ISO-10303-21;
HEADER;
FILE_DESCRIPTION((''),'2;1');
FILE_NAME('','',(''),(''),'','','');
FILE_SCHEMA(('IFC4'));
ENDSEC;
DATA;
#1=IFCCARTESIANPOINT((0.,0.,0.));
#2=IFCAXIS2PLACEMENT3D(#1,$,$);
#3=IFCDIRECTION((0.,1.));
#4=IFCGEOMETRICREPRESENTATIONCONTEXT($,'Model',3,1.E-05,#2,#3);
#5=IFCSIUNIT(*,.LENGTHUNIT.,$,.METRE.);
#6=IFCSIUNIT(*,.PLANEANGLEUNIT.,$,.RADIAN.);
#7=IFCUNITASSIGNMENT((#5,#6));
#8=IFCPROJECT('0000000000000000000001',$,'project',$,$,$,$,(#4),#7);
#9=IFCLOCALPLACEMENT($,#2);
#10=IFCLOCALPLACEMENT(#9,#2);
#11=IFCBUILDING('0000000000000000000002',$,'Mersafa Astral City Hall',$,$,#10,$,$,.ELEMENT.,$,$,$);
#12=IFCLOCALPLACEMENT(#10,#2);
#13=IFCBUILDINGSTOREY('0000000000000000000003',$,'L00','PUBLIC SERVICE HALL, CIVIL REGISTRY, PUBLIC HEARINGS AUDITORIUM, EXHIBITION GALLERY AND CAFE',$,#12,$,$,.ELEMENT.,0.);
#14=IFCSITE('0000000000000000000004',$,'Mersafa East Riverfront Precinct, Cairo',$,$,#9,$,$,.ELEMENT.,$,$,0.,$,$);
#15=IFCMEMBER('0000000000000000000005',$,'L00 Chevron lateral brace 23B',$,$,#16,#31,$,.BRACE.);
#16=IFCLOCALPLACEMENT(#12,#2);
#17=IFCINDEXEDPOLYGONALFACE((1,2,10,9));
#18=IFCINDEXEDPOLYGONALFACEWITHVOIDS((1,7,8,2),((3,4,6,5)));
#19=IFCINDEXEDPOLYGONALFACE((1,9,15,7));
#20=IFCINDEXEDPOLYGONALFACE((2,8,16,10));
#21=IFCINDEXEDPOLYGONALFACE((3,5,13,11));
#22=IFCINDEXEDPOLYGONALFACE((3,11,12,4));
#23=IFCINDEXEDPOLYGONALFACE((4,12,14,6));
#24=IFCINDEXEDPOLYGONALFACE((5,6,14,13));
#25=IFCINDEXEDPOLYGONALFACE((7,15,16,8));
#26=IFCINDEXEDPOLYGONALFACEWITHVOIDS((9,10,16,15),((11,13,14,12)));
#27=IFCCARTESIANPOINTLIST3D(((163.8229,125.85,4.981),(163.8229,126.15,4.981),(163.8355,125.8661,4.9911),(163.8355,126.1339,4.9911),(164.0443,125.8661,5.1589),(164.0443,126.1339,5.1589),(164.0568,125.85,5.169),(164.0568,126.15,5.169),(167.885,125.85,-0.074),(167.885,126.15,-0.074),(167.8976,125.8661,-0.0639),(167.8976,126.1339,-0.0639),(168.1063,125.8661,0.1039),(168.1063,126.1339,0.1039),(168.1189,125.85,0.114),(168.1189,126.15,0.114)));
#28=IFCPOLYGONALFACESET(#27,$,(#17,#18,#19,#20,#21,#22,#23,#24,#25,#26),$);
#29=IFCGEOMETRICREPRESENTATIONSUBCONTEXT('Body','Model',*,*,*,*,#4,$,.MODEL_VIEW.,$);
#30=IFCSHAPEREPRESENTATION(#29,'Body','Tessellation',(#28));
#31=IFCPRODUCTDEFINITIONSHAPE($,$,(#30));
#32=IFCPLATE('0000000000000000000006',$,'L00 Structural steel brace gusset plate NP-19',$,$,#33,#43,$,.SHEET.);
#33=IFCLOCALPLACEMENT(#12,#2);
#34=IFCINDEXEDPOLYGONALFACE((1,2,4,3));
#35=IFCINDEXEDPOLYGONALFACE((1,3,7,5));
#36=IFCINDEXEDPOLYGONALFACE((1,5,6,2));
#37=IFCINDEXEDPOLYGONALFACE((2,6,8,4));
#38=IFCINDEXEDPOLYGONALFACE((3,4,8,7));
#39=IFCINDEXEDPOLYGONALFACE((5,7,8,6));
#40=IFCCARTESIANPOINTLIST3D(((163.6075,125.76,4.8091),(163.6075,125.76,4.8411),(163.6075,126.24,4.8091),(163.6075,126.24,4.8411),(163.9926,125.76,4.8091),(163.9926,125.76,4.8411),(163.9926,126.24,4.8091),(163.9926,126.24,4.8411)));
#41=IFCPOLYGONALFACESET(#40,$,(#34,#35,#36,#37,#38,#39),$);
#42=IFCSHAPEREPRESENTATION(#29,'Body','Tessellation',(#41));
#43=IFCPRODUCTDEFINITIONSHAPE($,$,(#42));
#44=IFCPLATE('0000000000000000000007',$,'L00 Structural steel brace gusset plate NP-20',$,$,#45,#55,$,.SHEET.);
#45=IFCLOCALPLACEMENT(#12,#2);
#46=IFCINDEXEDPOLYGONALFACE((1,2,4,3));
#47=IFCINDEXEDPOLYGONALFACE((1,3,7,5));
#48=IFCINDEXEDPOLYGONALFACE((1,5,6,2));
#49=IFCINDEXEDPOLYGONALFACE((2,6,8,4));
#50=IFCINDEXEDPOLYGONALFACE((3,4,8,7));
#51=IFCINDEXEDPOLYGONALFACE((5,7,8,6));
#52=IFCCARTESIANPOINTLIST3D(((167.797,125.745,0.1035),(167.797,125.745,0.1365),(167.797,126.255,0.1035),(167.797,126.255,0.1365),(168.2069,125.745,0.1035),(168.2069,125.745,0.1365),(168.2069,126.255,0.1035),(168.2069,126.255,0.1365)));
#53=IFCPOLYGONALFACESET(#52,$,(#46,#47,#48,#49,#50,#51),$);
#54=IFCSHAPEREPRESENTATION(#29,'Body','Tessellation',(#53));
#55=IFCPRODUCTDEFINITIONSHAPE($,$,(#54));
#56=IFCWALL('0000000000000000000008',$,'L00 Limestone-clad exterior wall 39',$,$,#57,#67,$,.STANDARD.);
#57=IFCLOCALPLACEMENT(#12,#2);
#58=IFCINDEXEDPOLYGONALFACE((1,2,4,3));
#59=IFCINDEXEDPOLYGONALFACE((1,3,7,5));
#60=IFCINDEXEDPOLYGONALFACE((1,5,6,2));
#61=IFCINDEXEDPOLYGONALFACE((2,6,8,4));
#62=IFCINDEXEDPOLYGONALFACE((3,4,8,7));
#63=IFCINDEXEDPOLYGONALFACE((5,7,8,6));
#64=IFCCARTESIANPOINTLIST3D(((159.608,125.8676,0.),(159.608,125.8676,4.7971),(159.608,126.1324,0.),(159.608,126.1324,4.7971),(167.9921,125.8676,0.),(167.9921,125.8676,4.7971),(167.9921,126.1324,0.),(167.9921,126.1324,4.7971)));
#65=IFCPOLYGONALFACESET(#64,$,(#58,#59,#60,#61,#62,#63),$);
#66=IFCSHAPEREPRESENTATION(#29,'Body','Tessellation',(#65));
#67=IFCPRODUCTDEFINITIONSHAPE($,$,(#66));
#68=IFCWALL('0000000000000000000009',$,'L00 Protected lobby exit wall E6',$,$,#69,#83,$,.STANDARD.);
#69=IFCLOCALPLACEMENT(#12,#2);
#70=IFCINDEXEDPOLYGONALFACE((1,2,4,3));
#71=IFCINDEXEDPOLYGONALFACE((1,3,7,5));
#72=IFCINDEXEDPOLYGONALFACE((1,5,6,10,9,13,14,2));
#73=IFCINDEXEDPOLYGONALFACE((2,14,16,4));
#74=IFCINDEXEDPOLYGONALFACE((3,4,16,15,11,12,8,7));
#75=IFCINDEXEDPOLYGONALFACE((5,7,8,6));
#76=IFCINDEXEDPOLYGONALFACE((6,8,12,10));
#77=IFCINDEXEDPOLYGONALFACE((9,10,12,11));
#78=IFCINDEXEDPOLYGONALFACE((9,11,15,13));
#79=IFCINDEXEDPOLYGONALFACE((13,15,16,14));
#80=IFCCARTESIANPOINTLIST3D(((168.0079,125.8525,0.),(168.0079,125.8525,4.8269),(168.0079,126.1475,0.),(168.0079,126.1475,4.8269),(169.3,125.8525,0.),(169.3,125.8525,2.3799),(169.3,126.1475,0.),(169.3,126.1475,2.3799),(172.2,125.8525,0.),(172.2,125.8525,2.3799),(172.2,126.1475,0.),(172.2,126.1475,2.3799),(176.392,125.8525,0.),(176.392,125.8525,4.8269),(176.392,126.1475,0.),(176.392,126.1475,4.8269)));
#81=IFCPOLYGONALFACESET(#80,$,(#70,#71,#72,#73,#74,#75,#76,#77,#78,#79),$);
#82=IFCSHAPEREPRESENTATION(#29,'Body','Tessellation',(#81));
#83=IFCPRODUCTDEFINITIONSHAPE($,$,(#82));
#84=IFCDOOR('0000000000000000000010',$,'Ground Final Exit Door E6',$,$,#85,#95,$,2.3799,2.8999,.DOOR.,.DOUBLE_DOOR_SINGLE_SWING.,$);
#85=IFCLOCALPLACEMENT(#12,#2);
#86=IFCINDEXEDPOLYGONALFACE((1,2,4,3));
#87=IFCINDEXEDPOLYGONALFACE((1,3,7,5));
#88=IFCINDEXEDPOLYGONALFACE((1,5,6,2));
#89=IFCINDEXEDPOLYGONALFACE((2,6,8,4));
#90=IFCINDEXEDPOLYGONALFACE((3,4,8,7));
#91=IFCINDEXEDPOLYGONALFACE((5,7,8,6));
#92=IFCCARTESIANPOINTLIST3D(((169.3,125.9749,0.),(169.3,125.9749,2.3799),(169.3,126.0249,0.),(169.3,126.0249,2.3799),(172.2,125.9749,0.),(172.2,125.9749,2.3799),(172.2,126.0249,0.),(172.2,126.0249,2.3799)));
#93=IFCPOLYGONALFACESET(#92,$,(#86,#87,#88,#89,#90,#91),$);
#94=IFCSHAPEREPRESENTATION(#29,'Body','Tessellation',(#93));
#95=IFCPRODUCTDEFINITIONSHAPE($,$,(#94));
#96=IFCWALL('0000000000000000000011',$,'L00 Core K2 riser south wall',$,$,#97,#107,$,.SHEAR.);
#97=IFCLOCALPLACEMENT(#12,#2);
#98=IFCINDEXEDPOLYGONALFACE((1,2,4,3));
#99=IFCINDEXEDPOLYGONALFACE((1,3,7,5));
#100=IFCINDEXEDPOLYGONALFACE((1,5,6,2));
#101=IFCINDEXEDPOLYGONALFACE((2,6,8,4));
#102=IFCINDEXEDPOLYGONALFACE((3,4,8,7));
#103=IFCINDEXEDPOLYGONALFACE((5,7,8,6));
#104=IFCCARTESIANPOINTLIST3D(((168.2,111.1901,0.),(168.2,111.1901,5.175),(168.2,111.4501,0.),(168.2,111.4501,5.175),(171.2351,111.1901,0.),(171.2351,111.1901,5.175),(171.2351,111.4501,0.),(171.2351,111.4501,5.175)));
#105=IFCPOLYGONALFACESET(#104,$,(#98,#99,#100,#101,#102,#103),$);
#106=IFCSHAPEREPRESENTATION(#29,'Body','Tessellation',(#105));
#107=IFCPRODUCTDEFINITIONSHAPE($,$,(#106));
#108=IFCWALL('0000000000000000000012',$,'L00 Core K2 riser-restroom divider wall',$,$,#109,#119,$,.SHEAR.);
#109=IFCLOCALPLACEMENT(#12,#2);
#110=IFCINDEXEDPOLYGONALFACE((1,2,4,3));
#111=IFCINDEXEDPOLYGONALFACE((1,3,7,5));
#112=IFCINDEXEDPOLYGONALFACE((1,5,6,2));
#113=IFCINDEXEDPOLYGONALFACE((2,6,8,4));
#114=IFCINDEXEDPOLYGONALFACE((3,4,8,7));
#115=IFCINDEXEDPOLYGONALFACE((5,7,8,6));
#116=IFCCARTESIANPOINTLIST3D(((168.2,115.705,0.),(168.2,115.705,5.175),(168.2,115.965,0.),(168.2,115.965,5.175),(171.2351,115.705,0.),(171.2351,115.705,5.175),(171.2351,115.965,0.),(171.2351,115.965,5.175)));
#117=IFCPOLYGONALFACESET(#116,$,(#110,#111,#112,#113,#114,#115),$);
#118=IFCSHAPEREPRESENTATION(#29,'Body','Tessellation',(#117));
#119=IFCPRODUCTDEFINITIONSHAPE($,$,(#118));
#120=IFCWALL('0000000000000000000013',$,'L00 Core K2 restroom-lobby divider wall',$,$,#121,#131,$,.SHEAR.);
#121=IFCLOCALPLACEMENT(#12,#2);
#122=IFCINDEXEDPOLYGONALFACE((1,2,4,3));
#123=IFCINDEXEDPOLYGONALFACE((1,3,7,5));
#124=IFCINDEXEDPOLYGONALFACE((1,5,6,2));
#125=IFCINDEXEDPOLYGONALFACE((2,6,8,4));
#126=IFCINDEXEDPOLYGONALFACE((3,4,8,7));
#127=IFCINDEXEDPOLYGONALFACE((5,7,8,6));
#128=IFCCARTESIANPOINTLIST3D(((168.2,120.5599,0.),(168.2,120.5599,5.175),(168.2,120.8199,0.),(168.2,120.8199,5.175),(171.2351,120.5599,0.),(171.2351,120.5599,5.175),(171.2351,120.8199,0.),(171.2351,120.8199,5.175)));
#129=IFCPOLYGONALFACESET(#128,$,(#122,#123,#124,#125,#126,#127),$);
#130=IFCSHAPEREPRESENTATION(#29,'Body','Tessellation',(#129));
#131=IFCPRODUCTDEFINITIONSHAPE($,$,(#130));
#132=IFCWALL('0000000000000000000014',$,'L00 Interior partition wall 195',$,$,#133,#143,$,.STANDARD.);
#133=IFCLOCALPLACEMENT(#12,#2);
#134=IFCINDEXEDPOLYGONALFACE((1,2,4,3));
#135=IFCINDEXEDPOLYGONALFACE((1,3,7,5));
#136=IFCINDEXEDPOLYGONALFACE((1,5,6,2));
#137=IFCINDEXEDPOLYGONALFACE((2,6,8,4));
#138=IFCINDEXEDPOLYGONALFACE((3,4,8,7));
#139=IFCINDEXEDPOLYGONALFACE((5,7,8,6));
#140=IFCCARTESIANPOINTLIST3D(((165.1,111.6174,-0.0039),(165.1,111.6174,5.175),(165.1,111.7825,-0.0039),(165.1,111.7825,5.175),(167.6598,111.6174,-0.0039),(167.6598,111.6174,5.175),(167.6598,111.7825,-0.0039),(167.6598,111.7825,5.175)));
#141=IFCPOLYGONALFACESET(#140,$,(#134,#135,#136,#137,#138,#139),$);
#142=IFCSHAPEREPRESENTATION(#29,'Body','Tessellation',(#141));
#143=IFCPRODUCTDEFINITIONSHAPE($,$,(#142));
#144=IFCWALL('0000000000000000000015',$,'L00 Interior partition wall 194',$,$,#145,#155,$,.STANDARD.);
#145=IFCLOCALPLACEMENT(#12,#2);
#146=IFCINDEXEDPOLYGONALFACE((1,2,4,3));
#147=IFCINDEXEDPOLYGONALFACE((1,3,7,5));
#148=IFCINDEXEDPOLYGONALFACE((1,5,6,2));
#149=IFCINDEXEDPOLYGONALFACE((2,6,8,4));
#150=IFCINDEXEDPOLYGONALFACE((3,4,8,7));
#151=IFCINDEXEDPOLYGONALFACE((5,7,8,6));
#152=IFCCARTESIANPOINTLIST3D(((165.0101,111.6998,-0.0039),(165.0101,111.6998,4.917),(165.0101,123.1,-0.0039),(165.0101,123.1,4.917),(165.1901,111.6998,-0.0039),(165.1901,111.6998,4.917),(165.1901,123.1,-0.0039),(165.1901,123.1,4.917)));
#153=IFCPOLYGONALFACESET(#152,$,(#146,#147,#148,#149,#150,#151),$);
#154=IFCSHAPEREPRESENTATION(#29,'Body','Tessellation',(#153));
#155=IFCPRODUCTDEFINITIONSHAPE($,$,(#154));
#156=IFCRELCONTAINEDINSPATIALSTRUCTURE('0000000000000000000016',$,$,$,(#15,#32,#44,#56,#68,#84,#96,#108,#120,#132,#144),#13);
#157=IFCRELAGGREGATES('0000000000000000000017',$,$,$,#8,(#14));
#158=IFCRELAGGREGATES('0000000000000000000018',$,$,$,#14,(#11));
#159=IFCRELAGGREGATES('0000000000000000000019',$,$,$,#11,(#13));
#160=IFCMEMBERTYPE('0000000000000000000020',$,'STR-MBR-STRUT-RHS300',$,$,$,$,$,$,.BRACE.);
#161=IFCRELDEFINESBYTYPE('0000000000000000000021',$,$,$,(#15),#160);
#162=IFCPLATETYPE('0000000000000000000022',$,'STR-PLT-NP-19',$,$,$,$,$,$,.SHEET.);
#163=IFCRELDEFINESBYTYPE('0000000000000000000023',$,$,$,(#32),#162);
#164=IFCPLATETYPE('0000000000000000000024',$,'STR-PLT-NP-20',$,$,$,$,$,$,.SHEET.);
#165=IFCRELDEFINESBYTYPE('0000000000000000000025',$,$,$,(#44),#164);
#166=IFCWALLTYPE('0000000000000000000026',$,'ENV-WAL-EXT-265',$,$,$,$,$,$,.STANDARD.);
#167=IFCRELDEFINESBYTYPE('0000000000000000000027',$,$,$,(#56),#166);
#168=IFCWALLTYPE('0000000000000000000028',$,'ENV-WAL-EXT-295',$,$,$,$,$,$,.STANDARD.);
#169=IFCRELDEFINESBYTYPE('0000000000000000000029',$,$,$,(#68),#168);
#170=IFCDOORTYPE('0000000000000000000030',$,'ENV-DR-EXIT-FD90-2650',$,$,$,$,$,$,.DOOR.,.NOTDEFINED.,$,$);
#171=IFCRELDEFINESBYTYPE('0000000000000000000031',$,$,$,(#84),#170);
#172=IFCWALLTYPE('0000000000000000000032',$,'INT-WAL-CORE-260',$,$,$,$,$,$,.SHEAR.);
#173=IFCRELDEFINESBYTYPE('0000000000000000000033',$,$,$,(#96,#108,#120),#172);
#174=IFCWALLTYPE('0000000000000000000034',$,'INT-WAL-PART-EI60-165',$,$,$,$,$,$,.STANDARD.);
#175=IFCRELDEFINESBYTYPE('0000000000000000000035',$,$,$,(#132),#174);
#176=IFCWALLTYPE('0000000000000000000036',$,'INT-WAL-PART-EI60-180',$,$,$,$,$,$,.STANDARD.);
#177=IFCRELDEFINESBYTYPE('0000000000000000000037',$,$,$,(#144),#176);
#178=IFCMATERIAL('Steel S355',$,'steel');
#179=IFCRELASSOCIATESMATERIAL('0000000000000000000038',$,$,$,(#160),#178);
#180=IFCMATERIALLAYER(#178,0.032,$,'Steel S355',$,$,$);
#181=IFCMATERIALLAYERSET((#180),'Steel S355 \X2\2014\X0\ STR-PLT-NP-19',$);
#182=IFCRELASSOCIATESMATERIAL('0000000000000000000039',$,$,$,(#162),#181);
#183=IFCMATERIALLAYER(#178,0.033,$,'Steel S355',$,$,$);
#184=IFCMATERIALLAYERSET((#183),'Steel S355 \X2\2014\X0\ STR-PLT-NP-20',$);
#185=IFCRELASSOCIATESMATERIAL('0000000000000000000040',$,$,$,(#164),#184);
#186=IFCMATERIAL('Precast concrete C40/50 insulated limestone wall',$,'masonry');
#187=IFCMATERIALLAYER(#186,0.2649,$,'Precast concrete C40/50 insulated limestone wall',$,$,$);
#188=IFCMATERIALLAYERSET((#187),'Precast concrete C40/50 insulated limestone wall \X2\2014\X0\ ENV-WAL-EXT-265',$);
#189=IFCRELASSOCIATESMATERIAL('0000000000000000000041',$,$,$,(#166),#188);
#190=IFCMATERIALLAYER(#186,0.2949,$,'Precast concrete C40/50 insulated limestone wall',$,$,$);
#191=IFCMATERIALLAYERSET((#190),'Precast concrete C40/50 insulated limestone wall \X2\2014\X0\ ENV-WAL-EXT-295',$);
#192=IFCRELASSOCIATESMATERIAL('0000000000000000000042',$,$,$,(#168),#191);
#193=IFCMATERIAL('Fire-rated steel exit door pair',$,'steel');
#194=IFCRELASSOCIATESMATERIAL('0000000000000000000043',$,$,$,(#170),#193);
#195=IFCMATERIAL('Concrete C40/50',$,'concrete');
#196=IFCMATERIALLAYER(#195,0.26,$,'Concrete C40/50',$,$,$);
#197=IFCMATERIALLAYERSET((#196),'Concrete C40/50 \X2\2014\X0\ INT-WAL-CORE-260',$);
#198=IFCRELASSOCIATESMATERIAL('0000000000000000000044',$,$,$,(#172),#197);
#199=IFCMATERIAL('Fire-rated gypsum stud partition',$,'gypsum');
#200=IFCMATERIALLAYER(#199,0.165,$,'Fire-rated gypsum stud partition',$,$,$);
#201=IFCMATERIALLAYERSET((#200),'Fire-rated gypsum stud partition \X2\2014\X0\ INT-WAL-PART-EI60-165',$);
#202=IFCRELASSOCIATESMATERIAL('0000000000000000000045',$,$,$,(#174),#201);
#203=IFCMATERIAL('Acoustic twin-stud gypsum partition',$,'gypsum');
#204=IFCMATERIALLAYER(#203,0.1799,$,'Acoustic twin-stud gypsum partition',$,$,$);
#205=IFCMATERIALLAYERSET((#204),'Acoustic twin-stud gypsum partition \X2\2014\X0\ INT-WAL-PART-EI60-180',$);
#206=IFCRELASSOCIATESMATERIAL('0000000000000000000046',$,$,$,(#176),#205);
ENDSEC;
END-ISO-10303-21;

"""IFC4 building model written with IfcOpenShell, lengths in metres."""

from ifc_helpers import new_model, si_unit, direction, frame, frame_2d, origin, origin_2d, place, context, subcontext, project, spatial, rectangle, hollow_rectangle, extrude, material, layer, layer_set, material_profile, profile_set, type_object, element, fill, save


model = new_model("IFC4")

# Units and contexts
model_context = context("Model", 3, precision=1e-05, world=origin(), true_north=direction((0.0, 1.0)))
body_context = subcontext(model_context, "Body", "Model", "MODEL_VIEW")
ifc_project = project(units=[si_unit("LENGTHUNIT", "METRE"), si_unit("PLANEANGLEUNIT", "RADIAN")], contexts=[model_context])

# Site, building, storey
site_placement = place(None, origin())
site = spatial("IfcSite", under=ifc_project, at=site_placement, Name="Mersafa East Riverfront Precinct, Cairo", CompositionType="ELEMENT", RefElevation=0.0)
building_placement = place(site_placement, origin())
building = spatial("IfcBuilding", under=site, at=building_placement, Name="Mersafa Astral City Hall", CompositionType="ELEMENT")
storey_placement = place(building_placement, origin())
storey = spatial("IfcBuildingStorey", under=building, at=storey_placement, Name="L00", Description="PUBLIC SERVICE HALL, CIVIL REGISTRY, PUBLIC HEARINGS AUDITORIUM, EXHIBITION GALLERY AND CAFE", CompositionType="ELEMENT", Elevation=0.0)

# Shared definitions
ifc_material_1 = material(Name="Steel S355", Category="steel")

# Member
ifc_material_profile_1 = material_profile(ifc_material_1, hollow_rectangle(XDim=0.3, YDim=0.3, WallThickness=0.0161, at=origin_2d()), Name="RHS 300x300x16")
ifc_profile_set_1 = profile_set([ifc_material_profile_1], Name="Steel S355")
member_type = type_object("IfcMemberType", Name="STR-MBR-STRUT-RHS300", PredefinedType="BRACE", material=ifc_profile_set_1)
member_placement = place(storey_placement, frame((168.002, 126.0, 0.02), z_axis=(-0.626392, 0.0, 0.779508), x_axis=(0.0, -1.0, 0.0)))
element("IfcMember", 1, at=member_placement, inside=storey, type_object=member_type, Name="L00 Chevron lateral brace 23B", PredefinedType="BRACE", context=body_context, shape_type="SweptSolid", body=[
    extrude(hollow_rectangle(XDim=0.3, YDim=0.3, WallThickness=0.0161, at=origin_2d()), origin(), (0.0, 0.0, 1.0), 6.4849),
])

# Plates
ifc_layer_1 = layer(ifc_material_1, 0.032, Name="Steel S355")
ifc_layer_set_1 = layer_set([ifc_layer_1], Name="Steel S355 — STR-PLT-NP-19")
plate_type_1 = type_object("IfcPlateType", Name="STR-PLT-NP-19", PredefinedType="SHEET", material=ifc_layer_set_1)
plate_1_placement = place(storey_placement, frame((163.8, 126.0, 4.8091), z_axis=(0.0, 0.0, 1.0), x_axis=(1.0, 0.0, 0.0)))
element("IfcPlate", 2, at=plate_1_placement, inside=storey, type_object=plate_type_1, Name="L00 Structural steel brace gusset plate NP-19", PredefinedType="SHEET", context=body_context, shape_type="SweptSolid", body=[
    extrude(rectangle(XDim=0.385, YDim=0.48, at=origin_2d()), origin(), (0.0, 0.0, 1.0), 0.032),
])
ifc_layer_2 = layer(ifc_material_1, 0.033, Name="Steel S355")
ifc_layer_set_2 = layer_set([ifc_layer_2], Name="Steel S355 — STR-PLT-NP-20")
plate_type_2 = type_object("IfcPlateType", Name="STR-PLT-NP-20", PredefinedType="SHEET", material=ifc_layer_set_2)
plate_2_placement = place(storey_placement, frame((168.002, 126.0, 0.1035), z_axis=(0.0, 0.0, 1.0), x_axis=(1.0, 0.0, 0.0)))
element("IfcPlate", 3, at=plate_2_placement, inside=storey, type_object=plate_type_2, Name="L00 Structural steel brace gusset plate NP-20", PredefinedType="SHEET", context=body_context, shape_type="SweptSolid", body=[
    extrude(rectangle(XDim=0.4099, YDim=0.51, at=origin_2d()), origin(), (0.0, 0.0, 1.0), 0.033),
])

# Wall
ifc_material_2 = material(Name="Precast concrete C40/50 insulated limestone wall", Category="masonry")
ifc_layer_3 = layer(ifc_material_2, 0.2649, Name="Precast concrete C40/50 insulated limestone wall")
ifc_layer_set_3 = layer_set([ifc_layer_3], Name="Precast concrete C40/50 insulated limestone wall — ENV-WAL-EXT-265")
wall_type_1 = type_object("IfcWallType", Name="ENV-WAL-EXT-265", PredefinedType="STANDARD", material=ifc_layer_set_3)
wall_1_placement = place(storey_placement, frame((167.9919, 126.0, 0.0), z_axis=(0.0, 0.0, 1.0), x_axis=(-1.0, 0.0, 0.0)))
element("IfcWall", 4, at=wall_1_placement, inside=storey, type_object=wall_type_1, Name="L00 Limestone-clad exterior wall 39", PredefinedType="STANDARD", context=body_context, shape_type="SweptSolid", body=[
    extrude(rectangle(XDim=8.384, YDim=0.2649, at=frame_2d((4.1919, 0.0))), origin(), (0.0, 0.0, 1.0), 4.7971),
])

# Wall, opening, door
ifc_layer_4 = layer(ifc_material_2, 0.2949, Name="Precast concrete C40/50 insulated limestone wall")
ifc_layer_set_4 = layer_set([ifc_layer_4], Name="Precast concrete C40/50 insulated limestone wall — ENV-WAL-EXT-295")
wall_type_2 = type_object("IfcWallType", Name="ENV-WAL-EXT-295", PredefinedType="STANDARD", material=ifc_layer_set_4)
wall_2_placement = place(storey_placement, frame((168.0081, 126.0, 0.0), z_axis=(0.0, 0.0, 1.0), x_axis=(1.0, 0.0, 0.0)))
wall_2 = element("IfcWall", 5, at=wall_2_placement, inside=storey, type_object=wall_type_2, Name="L00 Protected lobby exit wall E6", PredefinedType="STANDARD", context=body_context, shape_type="SweptSolid", body=[
    extrude(rectangle(XDim=8.384, YDim=0.2949, at=frame_2d((4.1919, 0.0))), origin(), (0.0, 0.0, 1.0), 4.8269),
])
opening_1_placement = place(wall_2_placement, frame((1.292, 0.0, 0.0)))
opening_1 = element("IfcOpeningElement", 6, at=opening_1_placement, cuts=wall_2, PredefinedType="OPENING", context=body_context, shape_type="SweptSolid", body=[
    extrude(rectangle(XDim=2.8999, YDim=2.3799, at=frame_2d((1.45, 1.1899))), frame((0.0, 0.1575, 0.0), z_axis=(0.0, -1.0, 0.0), x_axis=(1.0, 0.0, 0.0)), (0.0, 0.0, 1.0), 0.3149),
])
ifc_material_3 = material(Name="Fire-rated steel exit door pair", Category="steel")
door_type_1 = type_object("IfcDoorType", Name="ENV-DR-EXIT-FD90-2650", OperationType="NOTDEFINED", PredefinedType="DOOR", material=ifc_material_3)
door_1_placement = place(opening_1_placement, origin())
door_1 = element("IfcDoor", 7, at=door_1_placement, inside=storey, type_object=door_type_1, Name="Ground Final Exit Door E6", OperationType="DOUBLE_DOOR_SINGLE_SWING", OverallHeight=2.3799, OverallWidth=2.8999, PredefinedType="DOOR", context=body_context, shape_type="SweptSolid", body=[
    extrude(rectangle(XDim=2.8999, YDim=2.3799, at=frame_2d((1.45, 1.1899))), frame((0.0, 0.0249, 0.0), z_axis=(0.0, -1.0, 0.0), x_axis=(1.0, 0.0, 0.0)), (0.0, 0.0, 1.0), 0.05),
])
fill(opening_1, door_1)

# Walls
ifc_material_4 = material(Name="Concrete C40/50", Category="concrete")
ifc_layer_5 = layer(ifc_material_4, 0.26, Name="Concrete C40/50")
ifc_layer_set_5 = layer_set([ifc_layer_5], Name="Concrete C40/50 — INT-WAL-CORE-260")
wall_type_3 = type_object("IfcWallType", Name="INT-WAL-CORE-260", PredefinedType="SHEAR", material=ifc_layer_set_5)
for number, where, z_axis, x_axis, name in (
    (8, (168.2, 111.3201, 0.0), (0.0, 0.0, 1.0), (1.0, 0.0, 0.0), "L00 Core K2 riser south wall"),
    (9, (168.2, 115.835, 0.0), (0.0, 0.0, 1.0), (1.0, 0.0, 0.0), "L00 Core K2 riser-restroom divider wall"),
    (10, (168.2, 120.6899, 0.0), (0.0, 0.0, 1.0), (1.0, 0.0, 0.0), "L00 Core K2 restroom-lobby divider wall"),
):
    element("IfcWall", number, at=place(storey_placement, frame(where, z_axis=z_axis, x_axis=x_axis)), inside=storey, type_object=wall_type_3, Name=name, PredefinedType="SHEAR", context=body_context, shape_type="SweptSolid", body=[
        extrude(rectangle(XDim=3.0352, YDim=0.26, at=frame_2d((1.5176, 0.0))), origin(), (0.0, 0.0, 1.0), 5.175),
    ])
ifc_material_5 = material(Name="Fire-rated gypsum stud partition", Category="gypsum")
ifc_layer_6 = layer(ifc_material_5, 0.165, Name="Fire-rated gypsum stud partition")
ifc_layer_set_6 = layer_set([ifc_layer_6], Name="Fire-rated gypsum stud partition — INT-WAL-PART-EI60-165")
wall_type_4 = type_object("IfcWallType", Name="INT-WAL-PART-EI60-165", PredefinedType="STANDARD", material=ifc_layer_set_6)
wall_3_placement = place(storey_placement, frame((165.1001, 111.7, -0.0039), z_axis=(0.0, 0.0, 1.0), x_axis=(1.0, 0.0, 0.0)))
element("IfcWall", 11, at=wall_3_placement, inside=storey, type_object=wall_type_4, Name="L00 Interior partition wall 195", PredefinedType="STANDARD", context=body_context, shape_type="SweptSolid", body=[
    extrude(rectangle(XDim=2.5598, YDim=0.165, at=frame_2d((1.2798, 0.0))), origin(), (0.0, 0.0, 1.0), 5.179),
])
ifc_material_6 = material(Name="Acoustic twin-stud gypsum partition", Category="gypsum")
ifc_layer_7 = layer(ifc_material_6, 0.1799, Name="Acoustic twin-stud gypsum partition")
ifc_layer_set_7 = layer_set([ifc_layer_7], Name="Acoustic twin-stud gypsum partition — INT-WAL-PART-EI60-180")
wall_type_5 = type_object("IfcWallType", Name="INT-WAL-PART-EI60-180", PredefinedType="STANDARD", material=ifc_layer_set_7)
wall_4_placement = place(storey_placement, frame((165.1001, 123.1001, -0.0039), z_axis=(0.0, 0.0, 1.0), x_axis=(0.0, -1.0, 0.0)))
element("IfcWall", 12, at=wall_4_placement, inside=storey, type_object=wall_type_5, Name="L00 Interior partition wall 194", PredefinedType="STANDARD", context=body_context, shape_type="SweptSolid", body=[
    extrude(rectangle(XDim=11.4001, YDim=0.1799, at=frame_2d((5.7002, 0.0))), origin(), (0.0, 0.0, 1.0), 4.9209),
])

save(model, "model.ifc")
